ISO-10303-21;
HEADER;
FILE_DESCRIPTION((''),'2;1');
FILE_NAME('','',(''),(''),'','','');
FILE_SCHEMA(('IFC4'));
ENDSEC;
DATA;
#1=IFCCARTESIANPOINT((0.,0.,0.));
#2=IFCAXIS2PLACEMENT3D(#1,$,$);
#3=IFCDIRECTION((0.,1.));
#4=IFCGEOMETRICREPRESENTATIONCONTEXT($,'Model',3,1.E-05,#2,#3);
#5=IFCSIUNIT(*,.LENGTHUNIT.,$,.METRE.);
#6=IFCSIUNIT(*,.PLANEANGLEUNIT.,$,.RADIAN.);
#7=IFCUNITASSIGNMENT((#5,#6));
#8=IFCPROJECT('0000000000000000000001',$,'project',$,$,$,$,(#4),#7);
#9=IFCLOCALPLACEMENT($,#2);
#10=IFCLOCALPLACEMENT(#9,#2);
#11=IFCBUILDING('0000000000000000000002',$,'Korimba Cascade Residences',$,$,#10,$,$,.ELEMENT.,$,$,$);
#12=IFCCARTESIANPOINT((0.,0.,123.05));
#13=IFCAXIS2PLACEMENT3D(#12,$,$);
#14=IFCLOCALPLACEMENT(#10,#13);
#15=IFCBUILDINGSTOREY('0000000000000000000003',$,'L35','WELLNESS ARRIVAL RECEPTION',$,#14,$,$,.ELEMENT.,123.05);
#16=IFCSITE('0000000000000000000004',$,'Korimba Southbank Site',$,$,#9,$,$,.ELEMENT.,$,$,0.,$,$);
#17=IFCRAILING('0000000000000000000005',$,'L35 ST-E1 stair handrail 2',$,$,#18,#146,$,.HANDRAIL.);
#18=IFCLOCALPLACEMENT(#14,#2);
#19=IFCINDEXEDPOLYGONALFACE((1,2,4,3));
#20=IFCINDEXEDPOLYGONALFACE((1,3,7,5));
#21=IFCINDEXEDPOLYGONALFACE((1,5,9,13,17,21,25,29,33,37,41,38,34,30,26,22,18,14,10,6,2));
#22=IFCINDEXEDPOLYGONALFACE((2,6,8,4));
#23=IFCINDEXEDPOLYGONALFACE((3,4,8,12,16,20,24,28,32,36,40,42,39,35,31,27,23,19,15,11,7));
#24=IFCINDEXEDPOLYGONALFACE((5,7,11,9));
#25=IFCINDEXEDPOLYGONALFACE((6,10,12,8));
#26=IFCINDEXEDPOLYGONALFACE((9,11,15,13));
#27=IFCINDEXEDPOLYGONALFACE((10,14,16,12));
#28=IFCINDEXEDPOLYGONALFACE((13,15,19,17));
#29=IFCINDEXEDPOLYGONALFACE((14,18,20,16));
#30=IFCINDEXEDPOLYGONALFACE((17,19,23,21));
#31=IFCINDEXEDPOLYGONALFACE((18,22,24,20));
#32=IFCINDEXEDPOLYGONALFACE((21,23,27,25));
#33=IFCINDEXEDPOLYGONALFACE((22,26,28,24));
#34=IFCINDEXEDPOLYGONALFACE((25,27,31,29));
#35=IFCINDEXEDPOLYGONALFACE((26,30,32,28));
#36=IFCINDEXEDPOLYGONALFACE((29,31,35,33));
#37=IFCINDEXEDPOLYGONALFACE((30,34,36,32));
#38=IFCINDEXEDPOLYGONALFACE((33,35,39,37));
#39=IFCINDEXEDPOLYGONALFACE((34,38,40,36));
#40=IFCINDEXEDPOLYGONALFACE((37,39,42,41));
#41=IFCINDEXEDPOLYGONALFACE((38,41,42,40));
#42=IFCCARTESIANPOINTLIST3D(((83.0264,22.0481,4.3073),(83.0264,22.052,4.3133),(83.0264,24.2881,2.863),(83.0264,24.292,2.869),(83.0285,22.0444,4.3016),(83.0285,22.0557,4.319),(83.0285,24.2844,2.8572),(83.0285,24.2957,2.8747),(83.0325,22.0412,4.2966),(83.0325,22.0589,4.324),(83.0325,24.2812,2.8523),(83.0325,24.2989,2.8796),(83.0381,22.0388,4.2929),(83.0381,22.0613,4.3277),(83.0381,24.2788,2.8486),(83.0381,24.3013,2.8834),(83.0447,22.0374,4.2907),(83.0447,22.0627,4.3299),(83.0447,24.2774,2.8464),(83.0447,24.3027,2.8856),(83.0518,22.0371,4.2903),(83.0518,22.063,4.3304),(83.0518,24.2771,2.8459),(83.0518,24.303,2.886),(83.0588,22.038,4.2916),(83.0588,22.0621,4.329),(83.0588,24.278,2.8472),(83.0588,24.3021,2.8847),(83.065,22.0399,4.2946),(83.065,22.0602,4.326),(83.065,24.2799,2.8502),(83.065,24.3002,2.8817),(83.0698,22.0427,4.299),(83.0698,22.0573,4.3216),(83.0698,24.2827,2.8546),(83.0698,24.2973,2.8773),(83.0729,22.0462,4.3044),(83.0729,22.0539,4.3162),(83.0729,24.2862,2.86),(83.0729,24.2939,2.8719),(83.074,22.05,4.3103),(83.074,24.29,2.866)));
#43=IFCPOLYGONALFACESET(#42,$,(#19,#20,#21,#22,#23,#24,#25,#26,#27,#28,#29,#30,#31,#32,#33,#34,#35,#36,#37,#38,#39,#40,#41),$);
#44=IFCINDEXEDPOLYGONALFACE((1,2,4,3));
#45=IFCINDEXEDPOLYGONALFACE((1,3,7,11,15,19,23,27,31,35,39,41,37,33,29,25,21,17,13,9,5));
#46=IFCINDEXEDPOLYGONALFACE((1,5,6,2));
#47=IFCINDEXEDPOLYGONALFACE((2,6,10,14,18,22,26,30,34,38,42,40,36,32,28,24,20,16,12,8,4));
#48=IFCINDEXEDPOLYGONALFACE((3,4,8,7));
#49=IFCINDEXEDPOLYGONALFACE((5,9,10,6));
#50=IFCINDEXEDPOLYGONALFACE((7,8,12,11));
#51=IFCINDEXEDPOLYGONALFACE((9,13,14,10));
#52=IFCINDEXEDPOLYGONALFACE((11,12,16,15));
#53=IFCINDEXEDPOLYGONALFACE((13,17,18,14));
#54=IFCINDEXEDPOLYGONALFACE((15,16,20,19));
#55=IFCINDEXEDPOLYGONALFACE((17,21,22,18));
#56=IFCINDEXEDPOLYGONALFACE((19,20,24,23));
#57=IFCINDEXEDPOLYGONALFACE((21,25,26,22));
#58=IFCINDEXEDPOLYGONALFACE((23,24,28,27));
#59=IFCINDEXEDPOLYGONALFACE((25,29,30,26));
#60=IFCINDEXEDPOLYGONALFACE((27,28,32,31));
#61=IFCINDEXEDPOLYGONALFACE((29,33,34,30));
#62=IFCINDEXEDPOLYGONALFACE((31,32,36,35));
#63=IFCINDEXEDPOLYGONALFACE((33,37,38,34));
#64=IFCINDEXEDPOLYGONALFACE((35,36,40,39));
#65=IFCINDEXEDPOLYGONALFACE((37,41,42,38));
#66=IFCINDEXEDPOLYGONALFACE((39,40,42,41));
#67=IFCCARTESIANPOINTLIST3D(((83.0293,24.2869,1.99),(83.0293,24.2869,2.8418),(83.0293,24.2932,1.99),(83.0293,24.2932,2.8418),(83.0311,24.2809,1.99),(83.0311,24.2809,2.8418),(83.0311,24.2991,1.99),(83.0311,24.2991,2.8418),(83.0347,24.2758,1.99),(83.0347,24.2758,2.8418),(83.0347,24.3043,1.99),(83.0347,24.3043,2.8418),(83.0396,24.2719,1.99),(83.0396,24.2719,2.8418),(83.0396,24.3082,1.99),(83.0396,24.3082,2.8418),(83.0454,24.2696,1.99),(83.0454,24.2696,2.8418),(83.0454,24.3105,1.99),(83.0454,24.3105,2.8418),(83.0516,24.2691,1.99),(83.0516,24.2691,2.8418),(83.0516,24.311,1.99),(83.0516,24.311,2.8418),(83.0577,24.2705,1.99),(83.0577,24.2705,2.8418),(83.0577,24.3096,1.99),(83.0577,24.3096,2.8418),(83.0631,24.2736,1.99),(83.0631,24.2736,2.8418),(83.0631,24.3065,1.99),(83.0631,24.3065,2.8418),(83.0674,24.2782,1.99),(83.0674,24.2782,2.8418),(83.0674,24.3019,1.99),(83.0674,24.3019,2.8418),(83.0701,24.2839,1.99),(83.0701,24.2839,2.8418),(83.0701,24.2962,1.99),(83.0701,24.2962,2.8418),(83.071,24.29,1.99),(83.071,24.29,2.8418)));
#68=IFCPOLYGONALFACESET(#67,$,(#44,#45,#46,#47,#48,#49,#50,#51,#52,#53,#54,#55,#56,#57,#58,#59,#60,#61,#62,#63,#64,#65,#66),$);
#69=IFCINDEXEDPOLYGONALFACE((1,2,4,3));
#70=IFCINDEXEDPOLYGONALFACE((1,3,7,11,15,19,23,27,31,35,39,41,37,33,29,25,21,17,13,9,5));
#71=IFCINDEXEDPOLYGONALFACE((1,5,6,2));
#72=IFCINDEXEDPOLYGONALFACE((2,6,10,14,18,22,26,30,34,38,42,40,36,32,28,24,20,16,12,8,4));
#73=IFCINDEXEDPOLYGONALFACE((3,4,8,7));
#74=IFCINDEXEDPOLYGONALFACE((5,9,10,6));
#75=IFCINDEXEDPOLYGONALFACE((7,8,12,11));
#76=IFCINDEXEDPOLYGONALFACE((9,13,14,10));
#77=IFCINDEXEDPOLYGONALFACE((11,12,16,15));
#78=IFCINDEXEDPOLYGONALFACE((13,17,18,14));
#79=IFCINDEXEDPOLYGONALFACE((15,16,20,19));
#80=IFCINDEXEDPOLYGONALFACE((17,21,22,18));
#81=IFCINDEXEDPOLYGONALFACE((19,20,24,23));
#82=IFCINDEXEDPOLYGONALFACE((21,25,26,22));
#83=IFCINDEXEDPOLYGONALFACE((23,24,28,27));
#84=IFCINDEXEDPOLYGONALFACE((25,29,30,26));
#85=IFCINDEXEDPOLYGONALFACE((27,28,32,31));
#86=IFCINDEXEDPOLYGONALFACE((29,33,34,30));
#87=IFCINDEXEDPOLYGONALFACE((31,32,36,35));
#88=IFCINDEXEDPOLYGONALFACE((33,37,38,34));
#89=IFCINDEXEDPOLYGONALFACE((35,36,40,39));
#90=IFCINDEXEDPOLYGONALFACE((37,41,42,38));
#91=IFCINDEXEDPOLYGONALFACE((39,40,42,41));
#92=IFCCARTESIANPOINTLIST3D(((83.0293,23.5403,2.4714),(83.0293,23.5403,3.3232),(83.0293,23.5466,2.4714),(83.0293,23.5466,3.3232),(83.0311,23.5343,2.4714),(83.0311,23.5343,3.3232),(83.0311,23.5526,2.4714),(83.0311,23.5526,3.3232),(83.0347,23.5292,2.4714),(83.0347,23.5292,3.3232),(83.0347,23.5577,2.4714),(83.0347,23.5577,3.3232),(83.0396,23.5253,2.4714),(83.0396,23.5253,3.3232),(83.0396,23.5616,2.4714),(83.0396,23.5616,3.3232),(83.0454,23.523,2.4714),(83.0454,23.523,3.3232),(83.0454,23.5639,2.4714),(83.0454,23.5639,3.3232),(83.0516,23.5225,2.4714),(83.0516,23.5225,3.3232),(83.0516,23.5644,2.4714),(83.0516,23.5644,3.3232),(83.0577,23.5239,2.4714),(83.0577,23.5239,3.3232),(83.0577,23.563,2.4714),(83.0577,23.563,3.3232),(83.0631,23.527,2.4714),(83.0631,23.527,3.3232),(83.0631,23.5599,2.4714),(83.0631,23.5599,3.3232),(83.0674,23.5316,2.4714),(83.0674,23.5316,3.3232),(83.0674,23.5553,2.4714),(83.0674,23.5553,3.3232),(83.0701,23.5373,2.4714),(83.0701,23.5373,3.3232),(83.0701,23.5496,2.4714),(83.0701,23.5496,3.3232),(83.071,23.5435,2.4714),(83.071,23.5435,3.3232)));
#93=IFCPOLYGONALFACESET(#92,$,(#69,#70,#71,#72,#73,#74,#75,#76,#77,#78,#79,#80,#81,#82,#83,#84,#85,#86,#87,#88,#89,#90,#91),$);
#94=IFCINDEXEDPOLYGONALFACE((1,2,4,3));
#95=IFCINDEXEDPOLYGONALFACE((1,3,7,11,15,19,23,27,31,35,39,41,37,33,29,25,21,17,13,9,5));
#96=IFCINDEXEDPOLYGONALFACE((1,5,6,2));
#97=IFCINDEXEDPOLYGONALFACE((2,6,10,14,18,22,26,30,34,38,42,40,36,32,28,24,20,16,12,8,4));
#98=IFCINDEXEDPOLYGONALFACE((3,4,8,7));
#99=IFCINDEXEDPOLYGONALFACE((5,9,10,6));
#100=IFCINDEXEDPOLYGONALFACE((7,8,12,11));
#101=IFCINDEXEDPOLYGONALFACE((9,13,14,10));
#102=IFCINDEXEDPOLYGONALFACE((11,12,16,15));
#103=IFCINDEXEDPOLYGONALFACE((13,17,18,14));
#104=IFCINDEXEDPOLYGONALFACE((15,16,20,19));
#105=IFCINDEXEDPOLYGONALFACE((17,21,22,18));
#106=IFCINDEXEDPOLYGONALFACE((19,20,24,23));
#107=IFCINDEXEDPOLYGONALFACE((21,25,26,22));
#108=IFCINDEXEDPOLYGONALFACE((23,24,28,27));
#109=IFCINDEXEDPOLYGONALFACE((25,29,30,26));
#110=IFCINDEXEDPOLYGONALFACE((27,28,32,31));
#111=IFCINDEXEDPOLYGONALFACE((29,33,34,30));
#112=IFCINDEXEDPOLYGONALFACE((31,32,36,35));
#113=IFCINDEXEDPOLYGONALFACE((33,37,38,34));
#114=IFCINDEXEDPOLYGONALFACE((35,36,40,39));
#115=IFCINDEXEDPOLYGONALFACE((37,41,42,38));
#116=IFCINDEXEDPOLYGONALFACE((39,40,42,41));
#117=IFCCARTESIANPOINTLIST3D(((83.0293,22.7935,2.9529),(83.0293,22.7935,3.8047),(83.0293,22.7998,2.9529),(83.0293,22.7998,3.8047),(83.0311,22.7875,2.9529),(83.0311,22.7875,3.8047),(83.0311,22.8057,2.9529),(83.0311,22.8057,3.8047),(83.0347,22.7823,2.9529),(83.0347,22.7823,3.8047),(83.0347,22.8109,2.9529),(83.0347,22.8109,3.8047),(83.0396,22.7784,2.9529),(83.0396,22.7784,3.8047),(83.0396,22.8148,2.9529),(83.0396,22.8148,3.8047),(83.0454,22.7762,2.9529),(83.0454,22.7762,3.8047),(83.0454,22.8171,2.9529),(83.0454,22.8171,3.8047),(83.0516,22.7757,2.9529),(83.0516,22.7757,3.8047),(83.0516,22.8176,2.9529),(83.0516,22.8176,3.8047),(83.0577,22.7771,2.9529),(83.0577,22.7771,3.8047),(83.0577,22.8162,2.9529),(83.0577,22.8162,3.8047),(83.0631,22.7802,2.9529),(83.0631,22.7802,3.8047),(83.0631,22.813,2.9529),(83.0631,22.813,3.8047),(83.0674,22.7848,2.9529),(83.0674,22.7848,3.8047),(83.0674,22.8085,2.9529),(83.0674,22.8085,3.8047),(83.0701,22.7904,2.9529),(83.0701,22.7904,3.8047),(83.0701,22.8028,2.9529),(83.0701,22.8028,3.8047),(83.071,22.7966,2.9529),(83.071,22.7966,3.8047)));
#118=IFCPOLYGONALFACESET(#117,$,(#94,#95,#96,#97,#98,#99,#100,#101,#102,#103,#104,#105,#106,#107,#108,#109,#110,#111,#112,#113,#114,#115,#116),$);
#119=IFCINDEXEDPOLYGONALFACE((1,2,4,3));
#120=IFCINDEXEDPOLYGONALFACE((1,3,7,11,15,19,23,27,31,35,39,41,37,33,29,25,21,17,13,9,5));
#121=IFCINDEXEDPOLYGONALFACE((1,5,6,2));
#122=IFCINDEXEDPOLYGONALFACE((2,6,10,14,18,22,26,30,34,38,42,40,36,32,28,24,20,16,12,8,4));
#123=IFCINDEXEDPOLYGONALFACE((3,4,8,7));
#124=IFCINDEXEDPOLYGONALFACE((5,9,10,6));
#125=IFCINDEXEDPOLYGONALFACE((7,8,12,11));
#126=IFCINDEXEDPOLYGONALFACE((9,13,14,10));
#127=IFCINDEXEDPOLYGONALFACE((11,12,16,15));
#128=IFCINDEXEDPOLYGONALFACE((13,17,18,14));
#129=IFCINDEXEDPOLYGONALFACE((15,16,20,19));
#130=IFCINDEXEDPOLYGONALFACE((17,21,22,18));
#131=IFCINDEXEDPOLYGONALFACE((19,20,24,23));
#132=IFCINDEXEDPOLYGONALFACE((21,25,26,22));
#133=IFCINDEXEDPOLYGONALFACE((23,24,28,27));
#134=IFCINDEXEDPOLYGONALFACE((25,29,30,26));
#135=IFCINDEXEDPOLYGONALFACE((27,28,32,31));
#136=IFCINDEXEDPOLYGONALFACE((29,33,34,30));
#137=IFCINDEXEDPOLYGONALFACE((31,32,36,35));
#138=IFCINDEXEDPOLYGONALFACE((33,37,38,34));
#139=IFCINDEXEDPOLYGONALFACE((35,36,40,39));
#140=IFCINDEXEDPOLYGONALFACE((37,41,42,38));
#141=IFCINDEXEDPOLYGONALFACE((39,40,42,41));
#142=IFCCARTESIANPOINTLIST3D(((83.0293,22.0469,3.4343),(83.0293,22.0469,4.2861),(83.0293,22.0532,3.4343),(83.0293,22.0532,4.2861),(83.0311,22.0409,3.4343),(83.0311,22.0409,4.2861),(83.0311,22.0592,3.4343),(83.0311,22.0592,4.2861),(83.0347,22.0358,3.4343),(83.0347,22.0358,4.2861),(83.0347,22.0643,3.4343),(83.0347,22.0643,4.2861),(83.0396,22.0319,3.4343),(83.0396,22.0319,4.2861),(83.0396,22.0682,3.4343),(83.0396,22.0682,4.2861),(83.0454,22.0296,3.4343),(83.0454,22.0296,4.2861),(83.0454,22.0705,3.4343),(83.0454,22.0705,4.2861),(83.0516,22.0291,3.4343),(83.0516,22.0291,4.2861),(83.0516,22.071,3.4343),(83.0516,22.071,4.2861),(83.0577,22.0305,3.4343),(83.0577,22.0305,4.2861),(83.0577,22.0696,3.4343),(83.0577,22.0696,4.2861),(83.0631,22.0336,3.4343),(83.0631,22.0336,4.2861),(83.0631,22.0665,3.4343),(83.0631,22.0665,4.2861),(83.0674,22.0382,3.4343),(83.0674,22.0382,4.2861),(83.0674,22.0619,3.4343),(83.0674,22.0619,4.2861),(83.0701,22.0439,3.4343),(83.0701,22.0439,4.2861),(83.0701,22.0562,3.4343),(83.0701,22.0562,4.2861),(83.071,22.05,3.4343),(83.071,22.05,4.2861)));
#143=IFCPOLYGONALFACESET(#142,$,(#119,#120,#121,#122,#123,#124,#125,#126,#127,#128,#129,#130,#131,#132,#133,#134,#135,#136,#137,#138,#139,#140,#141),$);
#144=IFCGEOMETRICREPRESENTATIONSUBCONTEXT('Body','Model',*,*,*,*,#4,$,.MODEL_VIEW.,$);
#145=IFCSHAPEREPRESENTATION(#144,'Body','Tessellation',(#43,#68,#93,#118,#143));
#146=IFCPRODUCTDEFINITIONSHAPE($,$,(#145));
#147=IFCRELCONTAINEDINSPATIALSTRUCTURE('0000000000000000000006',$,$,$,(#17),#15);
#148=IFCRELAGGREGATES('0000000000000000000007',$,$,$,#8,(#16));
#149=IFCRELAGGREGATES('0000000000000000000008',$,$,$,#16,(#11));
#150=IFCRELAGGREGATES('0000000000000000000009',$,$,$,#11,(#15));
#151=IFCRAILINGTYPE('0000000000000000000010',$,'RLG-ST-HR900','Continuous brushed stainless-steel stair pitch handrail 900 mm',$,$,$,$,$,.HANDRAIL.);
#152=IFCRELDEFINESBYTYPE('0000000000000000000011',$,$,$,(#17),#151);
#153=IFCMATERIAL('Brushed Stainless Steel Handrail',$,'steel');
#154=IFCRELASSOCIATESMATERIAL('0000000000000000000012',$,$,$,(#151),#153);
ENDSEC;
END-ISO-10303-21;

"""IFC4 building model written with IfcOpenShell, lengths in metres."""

from ifc_helpers import new_model, si_unit, direction, frame, origin, origin_2d, place, context, subcontext, project, spatial, circle, extrude, material, type_object, element, save


model = new_model("IFC4")

# Units and contexts
model_context = context("Model", 3, precision=1e-05, world=origin(), true_north=direction((0.0, 1.0)))
body_context = subcontext(model_context, "Body", "Model", "MODEL_VIEW")
ifc_project = project(units=[si_unit("LENGTHUNIT", "METRE"), si_unit("PLANEANGLEUNIT", "RADIAN")], contexts=[model_context])

# Site, building, storey
site_placement = place(None, origin())
site = spatial("IfcSite", under=ifc_project, at=site_placement, Name="Korimba Southbank Site", CompositionType="ELEMENT", RefElevation=0.0)
building_placement = place(site_placement, origin())
building = spatial("IfcBuilding", under=site, at=building_placement, Name="Korimba Cascade Residences", CompositionType="ELEMENT")
storey_placement = place(building_placement, frame((0.0, 0.0, 123.05)))
storey = spatial("IfcBuildingStorey", under=building, at=storey_placement, Name="L35", Description="WELLNESS ARRIVAL RECEPTION", CompositionType="ELEMENT", Elevation=123.05)

# Railing
ifc_material_1 = material(Name="Brushed Stainless Steel Handrail", Category="steel")
railing_type_1 = type_object("IfcRailingType", Name="RLG-ST-HR900", Description="Continuous brushed stainless-steel stair pitch handrail 900 mm", PredefinedType="HANDRAIL", material=ifc_material_1)
railing_1_placement = place(storey_placement, frame((83.05, 24.29, 1.99)))
element("IfcRailing", 1, at=railing_1_placement, inside=storey, type_object=railing_type_1, Name="L35 ST-E1 stair handrail 2", PredefinedType="HANDRAIL", context=body_context, shape_type="SweptSolid", body=[
    extrude(circle(Radius=0.0239, at=origin_2d()), frame((0.0, 0.0, 0.876), z_axis=(0.0, -0.840437, 0.54191), x_axis=(1.0, 0.0, 0.0)), (0.0, 0.0, 1.0), 2.6653),
    extrude(circle(Radius=0.021, at=origin_2d()), origin(), (0.0, 0.0, 1.0), 0.8518),
    extrude(circle(Radius=0.021, at=origin_2d()), frame((0.0, -0.7466, 0.4814)), (0.0, 0.0, 1.0), 0.8518),
    extrude(circle(Radius=0.021, at=origin_2d()), frame((0.0, -1.4934, 0.9629)), (0.0, 0.0, 1.0), 0.8518),
    extrude(circle(Radius=0.021, at=origin_2d()), frame((0.0, -2.24, 1.4443)), (0.0, 0.0, 1.0), 0.8518),
])

save(model, "model.ifc")
